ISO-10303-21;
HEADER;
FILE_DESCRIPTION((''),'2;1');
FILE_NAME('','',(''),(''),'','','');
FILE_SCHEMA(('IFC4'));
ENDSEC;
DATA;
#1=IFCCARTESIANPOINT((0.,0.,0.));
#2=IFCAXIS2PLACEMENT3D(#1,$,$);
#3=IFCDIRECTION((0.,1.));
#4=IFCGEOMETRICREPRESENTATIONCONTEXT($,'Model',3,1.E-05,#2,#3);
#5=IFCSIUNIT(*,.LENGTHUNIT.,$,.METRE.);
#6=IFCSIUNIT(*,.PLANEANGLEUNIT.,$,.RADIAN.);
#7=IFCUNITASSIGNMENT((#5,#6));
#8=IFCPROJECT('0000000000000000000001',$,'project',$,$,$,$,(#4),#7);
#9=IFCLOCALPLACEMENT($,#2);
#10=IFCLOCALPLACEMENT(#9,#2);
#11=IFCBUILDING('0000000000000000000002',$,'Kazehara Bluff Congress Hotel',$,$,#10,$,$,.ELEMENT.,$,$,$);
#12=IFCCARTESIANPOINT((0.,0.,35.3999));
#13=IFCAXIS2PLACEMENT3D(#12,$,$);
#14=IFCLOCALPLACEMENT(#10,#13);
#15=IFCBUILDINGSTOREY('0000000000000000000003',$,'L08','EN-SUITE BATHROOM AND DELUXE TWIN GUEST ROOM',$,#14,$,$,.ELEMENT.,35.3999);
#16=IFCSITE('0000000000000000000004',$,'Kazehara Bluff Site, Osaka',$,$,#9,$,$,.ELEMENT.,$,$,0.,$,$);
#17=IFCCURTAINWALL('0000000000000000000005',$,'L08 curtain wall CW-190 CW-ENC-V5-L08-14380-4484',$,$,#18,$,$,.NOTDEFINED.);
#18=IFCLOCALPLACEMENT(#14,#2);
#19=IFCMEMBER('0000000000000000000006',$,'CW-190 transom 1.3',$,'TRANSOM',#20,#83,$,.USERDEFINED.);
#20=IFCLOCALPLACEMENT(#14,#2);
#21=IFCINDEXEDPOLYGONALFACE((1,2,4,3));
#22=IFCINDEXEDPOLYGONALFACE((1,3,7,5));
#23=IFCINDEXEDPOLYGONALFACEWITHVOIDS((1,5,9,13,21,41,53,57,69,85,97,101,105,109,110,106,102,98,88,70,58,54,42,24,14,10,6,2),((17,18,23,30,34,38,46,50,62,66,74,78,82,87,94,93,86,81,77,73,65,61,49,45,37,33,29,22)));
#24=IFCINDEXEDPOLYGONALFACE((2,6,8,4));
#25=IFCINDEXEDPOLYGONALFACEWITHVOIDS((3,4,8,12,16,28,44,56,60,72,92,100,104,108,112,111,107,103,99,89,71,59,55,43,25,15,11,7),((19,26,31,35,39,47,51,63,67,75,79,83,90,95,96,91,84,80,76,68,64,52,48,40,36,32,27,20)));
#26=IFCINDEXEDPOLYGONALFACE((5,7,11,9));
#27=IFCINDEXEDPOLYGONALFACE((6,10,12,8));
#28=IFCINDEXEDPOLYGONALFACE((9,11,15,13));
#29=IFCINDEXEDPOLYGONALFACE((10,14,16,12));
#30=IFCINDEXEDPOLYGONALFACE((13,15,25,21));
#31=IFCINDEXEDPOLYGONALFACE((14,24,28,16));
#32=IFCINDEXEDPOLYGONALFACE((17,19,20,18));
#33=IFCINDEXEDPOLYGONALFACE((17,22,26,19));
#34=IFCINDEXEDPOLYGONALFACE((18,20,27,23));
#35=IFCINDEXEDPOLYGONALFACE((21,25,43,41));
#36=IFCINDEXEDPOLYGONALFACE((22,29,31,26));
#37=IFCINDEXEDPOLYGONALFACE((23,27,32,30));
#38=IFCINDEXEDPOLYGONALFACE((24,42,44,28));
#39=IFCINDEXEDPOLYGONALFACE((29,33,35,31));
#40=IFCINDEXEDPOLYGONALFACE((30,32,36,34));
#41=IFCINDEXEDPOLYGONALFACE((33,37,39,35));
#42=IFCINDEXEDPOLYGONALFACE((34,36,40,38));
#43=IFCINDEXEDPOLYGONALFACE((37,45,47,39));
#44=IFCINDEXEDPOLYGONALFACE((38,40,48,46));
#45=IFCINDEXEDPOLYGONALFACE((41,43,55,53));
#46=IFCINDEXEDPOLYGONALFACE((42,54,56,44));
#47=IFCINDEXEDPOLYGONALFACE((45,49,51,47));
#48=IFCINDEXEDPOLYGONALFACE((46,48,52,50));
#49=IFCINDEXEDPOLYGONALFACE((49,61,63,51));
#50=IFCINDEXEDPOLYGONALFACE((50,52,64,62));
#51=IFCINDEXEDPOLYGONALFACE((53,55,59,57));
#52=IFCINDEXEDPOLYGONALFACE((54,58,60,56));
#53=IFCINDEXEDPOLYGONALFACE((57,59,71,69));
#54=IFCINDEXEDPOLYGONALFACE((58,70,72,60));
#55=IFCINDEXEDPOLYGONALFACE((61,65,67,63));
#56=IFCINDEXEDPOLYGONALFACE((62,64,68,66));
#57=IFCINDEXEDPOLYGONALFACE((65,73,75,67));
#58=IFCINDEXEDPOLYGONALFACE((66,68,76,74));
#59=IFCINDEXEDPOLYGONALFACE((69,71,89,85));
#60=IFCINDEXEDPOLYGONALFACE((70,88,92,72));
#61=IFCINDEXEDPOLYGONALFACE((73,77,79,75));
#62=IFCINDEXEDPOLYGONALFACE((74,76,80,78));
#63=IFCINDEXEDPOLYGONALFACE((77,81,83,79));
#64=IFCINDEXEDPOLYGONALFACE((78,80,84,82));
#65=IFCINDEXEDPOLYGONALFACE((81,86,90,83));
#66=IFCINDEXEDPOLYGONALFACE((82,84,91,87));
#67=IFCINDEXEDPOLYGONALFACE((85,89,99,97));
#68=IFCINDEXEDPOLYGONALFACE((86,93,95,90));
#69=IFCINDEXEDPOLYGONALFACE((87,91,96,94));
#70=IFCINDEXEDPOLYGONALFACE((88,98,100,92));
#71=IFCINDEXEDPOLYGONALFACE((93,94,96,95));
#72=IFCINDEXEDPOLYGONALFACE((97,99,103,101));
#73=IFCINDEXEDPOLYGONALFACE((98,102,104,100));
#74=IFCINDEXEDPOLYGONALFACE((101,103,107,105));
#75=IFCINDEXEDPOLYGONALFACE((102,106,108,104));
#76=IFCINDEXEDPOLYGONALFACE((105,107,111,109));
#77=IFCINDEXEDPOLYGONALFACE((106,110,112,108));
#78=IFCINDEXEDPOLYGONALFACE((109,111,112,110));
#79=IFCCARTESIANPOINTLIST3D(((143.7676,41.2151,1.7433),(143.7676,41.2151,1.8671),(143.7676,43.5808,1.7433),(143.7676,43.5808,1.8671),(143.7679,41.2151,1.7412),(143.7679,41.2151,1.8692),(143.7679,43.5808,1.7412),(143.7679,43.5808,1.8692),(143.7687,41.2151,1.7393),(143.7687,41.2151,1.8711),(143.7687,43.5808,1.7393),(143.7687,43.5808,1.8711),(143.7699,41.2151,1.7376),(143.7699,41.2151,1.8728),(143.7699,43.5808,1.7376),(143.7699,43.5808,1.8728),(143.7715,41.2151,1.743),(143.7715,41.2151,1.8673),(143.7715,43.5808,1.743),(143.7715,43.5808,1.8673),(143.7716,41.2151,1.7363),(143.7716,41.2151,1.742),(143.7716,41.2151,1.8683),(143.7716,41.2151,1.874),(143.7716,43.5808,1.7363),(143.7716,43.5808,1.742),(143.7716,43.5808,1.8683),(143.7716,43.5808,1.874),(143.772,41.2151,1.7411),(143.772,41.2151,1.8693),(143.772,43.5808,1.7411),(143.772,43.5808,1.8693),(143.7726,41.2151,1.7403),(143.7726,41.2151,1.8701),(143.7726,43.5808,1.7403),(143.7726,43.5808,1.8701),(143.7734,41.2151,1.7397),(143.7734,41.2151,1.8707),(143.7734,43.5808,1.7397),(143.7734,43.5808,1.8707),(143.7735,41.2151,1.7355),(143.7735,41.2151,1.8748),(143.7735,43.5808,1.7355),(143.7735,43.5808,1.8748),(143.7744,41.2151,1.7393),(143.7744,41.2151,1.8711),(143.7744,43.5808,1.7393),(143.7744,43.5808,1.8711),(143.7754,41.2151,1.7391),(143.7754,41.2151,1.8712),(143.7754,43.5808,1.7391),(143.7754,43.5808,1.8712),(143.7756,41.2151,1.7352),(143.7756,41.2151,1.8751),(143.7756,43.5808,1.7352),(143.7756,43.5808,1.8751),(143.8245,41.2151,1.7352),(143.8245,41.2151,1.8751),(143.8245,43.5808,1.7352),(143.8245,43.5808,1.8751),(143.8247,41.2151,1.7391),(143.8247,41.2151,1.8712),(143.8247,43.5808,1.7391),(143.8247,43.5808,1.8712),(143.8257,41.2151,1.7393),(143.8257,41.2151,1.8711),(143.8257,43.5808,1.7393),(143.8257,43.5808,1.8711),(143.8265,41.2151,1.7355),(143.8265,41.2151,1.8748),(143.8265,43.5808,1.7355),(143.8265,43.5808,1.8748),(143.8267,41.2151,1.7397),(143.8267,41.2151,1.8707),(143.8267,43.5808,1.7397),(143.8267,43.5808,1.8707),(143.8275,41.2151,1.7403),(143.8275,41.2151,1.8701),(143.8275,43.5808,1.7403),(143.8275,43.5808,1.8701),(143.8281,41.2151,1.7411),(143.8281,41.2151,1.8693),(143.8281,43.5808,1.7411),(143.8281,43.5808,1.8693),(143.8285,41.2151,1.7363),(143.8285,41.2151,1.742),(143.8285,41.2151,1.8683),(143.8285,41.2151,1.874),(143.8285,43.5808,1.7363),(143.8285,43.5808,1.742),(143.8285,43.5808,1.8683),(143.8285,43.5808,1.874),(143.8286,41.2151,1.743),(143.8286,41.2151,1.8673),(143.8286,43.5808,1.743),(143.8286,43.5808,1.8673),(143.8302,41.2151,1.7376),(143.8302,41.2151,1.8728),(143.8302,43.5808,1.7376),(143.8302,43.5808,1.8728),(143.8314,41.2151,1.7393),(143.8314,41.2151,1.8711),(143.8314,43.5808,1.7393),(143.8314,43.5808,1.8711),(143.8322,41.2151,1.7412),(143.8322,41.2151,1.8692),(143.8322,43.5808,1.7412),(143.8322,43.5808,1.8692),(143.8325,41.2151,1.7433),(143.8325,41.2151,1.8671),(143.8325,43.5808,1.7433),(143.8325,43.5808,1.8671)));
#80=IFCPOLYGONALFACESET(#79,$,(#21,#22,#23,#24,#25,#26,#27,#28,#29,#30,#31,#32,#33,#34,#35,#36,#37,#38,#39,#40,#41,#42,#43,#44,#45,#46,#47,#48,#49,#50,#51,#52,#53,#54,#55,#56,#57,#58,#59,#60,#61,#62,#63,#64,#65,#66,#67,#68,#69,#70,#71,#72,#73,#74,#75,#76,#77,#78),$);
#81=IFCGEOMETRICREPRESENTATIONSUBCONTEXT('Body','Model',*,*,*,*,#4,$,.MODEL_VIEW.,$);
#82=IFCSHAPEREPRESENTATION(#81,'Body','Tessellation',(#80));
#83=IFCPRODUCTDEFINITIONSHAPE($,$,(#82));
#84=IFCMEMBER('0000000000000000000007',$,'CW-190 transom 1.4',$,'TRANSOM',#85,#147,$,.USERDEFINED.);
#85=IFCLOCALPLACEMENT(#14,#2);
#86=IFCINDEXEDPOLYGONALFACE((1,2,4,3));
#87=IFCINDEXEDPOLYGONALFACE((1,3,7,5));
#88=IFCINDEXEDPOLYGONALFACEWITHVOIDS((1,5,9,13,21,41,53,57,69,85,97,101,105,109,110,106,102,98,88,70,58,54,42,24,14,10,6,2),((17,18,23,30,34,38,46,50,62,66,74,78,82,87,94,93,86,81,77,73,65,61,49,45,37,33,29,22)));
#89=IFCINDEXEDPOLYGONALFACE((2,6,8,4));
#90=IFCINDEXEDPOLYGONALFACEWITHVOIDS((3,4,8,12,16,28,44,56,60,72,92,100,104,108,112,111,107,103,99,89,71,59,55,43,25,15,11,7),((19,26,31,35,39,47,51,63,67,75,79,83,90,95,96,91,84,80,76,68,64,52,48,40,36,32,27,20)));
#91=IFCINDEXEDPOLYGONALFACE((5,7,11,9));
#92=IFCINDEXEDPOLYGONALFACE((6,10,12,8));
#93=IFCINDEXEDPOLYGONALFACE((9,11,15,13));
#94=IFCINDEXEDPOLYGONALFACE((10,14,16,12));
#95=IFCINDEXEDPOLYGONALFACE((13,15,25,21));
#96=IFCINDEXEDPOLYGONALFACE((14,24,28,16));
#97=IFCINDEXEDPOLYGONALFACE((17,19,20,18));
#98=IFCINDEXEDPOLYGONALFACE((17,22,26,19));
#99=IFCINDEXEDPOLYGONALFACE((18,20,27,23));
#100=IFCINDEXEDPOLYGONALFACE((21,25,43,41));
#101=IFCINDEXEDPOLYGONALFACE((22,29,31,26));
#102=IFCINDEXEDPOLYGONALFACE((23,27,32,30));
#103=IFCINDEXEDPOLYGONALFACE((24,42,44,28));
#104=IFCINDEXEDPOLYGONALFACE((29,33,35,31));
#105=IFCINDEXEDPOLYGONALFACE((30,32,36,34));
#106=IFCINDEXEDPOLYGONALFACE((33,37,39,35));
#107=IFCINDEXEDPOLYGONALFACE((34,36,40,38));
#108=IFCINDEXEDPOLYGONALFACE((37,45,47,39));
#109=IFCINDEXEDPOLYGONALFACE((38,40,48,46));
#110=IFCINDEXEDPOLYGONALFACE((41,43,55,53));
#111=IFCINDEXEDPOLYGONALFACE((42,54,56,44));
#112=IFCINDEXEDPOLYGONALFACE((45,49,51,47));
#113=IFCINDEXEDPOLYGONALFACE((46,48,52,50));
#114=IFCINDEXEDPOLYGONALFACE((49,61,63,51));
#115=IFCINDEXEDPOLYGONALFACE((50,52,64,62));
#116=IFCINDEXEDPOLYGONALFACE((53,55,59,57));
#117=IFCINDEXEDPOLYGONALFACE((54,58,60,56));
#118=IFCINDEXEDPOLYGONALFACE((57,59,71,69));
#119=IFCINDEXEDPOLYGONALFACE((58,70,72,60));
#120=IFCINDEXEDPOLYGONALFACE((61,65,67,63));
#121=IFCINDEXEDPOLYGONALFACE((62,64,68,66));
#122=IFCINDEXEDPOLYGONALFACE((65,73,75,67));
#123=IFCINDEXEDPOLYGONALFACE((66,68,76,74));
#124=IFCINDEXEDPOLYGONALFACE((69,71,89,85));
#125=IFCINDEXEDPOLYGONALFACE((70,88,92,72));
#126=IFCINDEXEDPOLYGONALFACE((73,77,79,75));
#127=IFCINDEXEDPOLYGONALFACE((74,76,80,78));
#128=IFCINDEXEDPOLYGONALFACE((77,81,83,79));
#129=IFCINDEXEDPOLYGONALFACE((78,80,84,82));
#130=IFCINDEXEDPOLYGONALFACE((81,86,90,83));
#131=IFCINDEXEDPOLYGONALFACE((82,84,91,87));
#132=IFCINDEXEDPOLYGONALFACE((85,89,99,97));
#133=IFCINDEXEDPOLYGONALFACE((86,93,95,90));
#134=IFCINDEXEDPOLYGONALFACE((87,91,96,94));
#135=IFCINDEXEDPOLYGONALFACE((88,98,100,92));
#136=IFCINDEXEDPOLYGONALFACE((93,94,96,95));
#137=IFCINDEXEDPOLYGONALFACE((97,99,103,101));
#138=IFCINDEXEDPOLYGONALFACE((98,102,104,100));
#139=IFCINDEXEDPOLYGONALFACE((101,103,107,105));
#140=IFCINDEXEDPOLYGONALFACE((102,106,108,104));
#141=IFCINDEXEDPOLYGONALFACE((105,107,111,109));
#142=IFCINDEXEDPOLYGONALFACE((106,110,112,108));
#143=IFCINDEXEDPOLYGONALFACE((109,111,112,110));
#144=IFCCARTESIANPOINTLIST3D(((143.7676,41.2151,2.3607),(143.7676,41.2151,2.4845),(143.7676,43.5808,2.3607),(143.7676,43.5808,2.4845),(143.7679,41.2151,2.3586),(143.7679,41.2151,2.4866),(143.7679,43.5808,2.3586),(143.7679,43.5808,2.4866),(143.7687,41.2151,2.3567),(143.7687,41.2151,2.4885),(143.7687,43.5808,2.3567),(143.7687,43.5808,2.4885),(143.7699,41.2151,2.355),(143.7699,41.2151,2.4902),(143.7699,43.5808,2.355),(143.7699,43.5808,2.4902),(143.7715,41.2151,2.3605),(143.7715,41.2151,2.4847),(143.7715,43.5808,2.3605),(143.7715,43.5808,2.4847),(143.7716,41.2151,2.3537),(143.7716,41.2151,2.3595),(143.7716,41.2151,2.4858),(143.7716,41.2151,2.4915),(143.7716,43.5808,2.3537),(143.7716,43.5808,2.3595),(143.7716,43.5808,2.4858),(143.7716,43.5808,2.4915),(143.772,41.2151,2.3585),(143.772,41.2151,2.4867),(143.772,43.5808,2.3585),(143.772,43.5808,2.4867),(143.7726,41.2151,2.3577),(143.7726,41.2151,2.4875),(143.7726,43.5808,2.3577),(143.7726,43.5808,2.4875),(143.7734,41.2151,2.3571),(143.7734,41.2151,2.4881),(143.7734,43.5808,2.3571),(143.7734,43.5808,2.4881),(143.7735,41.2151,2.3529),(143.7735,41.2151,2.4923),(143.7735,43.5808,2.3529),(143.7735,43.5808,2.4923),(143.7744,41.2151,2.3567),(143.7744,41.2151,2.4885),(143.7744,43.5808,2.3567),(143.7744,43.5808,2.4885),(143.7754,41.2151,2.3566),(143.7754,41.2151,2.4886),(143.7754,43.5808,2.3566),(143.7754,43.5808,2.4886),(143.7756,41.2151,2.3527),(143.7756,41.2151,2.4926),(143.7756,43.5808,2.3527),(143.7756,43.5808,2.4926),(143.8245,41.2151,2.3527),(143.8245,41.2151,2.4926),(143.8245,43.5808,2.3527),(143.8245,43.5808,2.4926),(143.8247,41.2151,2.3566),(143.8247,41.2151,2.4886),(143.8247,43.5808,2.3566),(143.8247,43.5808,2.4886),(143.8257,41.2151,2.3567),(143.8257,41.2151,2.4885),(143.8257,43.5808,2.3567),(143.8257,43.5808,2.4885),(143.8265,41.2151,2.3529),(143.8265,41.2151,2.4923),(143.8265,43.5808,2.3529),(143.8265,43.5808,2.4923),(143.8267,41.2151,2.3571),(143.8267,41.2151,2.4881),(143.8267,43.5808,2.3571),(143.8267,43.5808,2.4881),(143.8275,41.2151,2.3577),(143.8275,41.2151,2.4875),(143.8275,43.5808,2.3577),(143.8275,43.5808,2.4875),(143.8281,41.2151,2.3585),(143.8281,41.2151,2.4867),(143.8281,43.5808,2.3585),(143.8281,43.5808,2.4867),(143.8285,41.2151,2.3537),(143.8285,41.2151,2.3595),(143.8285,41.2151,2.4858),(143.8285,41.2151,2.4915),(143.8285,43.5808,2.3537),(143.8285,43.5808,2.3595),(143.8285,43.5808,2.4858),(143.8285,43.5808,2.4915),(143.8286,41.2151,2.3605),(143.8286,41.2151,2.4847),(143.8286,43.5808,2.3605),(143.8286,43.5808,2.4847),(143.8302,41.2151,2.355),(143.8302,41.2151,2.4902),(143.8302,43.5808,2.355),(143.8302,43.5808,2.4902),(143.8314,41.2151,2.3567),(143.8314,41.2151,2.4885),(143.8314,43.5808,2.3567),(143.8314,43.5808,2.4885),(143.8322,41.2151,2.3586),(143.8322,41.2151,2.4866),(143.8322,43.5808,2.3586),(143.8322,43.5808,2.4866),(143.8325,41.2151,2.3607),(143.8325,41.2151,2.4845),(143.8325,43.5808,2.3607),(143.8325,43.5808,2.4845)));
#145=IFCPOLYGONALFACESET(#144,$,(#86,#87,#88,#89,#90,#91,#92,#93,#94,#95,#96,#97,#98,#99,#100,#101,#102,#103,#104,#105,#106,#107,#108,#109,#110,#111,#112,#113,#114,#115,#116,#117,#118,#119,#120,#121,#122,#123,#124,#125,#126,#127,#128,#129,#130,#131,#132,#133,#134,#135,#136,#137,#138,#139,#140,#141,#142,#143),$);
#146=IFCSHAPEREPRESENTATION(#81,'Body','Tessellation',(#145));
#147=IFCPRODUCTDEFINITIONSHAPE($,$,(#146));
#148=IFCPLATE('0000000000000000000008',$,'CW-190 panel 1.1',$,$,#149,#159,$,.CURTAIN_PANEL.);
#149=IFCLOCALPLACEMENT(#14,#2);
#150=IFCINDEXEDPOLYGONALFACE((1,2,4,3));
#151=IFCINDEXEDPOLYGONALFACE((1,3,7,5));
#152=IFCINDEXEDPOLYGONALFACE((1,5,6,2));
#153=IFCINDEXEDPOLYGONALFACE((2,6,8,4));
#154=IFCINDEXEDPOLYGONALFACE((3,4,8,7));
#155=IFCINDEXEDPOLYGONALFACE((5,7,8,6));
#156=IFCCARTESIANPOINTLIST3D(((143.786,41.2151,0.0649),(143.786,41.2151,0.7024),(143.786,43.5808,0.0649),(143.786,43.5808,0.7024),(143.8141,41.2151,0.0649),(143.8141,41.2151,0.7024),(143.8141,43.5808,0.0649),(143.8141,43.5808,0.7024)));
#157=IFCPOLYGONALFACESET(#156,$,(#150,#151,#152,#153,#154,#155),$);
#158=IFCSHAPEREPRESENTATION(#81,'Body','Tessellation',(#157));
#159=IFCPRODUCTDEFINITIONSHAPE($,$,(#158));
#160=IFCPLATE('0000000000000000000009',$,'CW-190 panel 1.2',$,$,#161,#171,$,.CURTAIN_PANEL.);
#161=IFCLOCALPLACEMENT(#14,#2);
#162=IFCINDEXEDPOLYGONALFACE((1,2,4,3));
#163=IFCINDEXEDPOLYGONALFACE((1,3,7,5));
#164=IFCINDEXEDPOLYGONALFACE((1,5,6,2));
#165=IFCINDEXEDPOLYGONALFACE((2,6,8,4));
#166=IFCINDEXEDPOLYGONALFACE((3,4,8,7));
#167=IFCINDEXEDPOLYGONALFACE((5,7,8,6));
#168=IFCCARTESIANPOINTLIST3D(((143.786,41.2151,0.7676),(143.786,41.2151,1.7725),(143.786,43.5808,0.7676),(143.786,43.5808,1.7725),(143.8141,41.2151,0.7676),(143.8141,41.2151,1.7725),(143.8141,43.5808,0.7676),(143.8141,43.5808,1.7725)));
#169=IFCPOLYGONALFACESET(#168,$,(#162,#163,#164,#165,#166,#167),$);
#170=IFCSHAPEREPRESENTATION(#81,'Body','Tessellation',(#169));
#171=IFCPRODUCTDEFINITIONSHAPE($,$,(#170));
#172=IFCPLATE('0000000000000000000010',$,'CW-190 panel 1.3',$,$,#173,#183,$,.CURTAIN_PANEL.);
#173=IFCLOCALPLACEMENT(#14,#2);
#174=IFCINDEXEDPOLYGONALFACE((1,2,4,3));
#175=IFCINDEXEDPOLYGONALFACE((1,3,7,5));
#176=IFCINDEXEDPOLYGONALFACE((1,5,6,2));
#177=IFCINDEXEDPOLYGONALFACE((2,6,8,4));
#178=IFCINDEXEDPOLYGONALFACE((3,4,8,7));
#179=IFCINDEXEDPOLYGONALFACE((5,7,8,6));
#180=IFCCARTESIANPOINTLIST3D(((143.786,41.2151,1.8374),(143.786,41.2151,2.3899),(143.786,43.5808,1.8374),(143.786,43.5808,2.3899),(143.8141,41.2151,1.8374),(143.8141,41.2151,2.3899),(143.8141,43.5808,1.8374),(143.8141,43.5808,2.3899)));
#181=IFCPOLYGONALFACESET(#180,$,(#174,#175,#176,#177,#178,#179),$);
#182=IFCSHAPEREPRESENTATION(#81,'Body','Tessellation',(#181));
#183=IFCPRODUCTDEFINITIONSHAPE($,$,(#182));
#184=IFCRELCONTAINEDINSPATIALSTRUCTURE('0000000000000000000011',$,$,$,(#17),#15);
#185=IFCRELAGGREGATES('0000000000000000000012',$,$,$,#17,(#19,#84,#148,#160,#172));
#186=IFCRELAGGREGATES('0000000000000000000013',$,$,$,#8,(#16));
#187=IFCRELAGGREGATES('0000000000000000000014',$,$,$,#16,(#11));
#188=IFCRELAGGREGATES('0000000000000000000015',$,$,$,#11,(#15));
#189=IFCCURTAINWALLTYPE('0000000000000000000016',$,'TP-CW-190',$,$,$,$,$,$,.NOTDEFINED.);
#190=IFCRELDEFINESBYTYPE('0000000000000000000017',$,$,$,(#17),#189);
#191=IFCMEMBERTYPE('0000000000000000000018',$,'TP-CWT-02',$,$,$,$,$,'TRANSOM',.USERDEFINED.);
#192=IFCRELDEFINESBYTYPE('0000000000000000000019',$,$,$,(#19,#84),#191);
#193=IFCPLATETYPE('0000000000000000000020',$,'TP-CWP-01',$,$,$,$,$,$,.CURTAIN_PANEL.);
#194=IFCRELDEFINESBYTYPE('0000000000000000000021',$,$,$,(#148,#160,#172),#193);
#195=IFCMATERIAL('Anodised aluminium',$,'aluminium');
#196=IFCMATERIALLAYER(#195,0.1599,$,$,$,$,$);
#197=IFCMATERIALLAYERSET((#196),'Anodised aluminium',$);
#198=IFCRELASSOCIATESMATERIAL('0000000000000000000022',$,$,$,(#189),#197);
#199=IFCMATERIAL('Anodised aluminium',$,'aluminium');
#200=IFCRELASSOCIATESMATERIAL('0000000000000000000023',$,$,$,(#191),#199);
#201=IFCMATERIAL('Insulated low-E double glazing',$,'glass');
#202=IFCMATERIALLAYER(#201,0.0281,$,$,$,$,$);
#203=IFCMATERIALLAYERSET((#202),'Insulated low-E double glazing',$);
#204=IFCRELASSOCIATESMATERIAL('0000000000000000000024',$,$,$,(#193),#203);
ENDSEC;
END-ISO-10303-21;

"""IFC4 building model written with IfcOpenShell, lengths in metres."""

from ifc_helpers import new_model, si_unit, direction, frame, origin, origin_2d, place, context, subcontext, project, spatial, rectangle, hollow_rectangle, extrude, material, layer, layer_set, material_profile, profile_set, type_object, element, aggregate, save


model = new_model("IFC4")

# Units and contexts
model_context = context("Model", 3, precision=1e-05, world=origin(), true_north=direction((0.0, 1.0)))
body_context = subcontext(model_context, "Body", "Model", "MODEL_VIEW")
ifc_project = project(units=[si_unit("LENGTHUNIT", "METRE"), si_unit("PLANEANGLEUNIT", "RADIAN")], contexts=[model_context])

# Site, building, storey
site_placement = place(None, origin())
site = spatial("IfcSite", under=ifc_project, at=site_placement, Name="Kazehara Bluff Site, Osaka", CompositionType="ELEMENT", RefElevation=0.0)
building_placement = place(site_placement, origin())
building = spatial("IfcBuilding", under=site, at=building_placement, Name="Kazehara Bluff Congress Hotel", CompositionType="ELEMENT")
storey_placement = place(building_placement, frame((0.0, 0.0, 35.3999)))
storey = spatial("IfcBuildingStorey", under=building, at=storey_placement, Name="L08", Description="EN-SUITE BATHROOM AND DELUXE TWIN GUEST ROOM", CompositionType="ELEMENT", Elevation=35.3999)

# Curtain wall, members, plates
ifc_material_1 = material(Name="Anodised aluminium", Category="aluminium")
ifc_layer_1 = layer(ifc_material_1, 0.1599)
ifc_layer_set_1 = layer_set([ifc_layer_1], Name="Anodised aluminium")
curtain_wall_type = type_object("IfcCurtainWallType", Name="TP-CW-190", PredefinedType="NOTDEFINED", material=ifc_layer_set_1)
curtain_wall_placement = place(storey_placement, origin())
curtain_wall = element("IfcCurtainWall", 1, at=curtain_wall_placement, inside=storey, type_object=curtain_wall_type, Name="L08 curtain wall CW-190 CW-ENC-V5-L08-14380-4484", PredefinedType="NOTDEFINED")
ifc_material_2 = material(Name="Anodised aluminium", Category="aluminium")
ifc_material_profile_1 = material_profile(ifc_material_2, hollow_rectangle(XDim=0.0649, YDim=0.1399, WallThickness=0.0039, InnerFilletRadius=0.0039, OuterFilletRadius=0.0081, at=origin_2d()))
ifc_profile_set_1 = profile_set([ifc_material_profile_1], Name="Anodised aluminium")
member_type_1 = type_object("IfcMemberType", Name="TP-CWT-02", ElementType="TRANSOM", PredefinedType="USERDEFINED", material=ifc_profile_set_1)
member_1_placement = place(storey_placement, frame((143.8, 41.2151, 1.8052), z_axis=(0.0, 1.0, 0.0), x_axis=(-1.0, 0.0, 0.0)))
member_1 = element("IfcMember", 2, at=member_1_placement, type_object=member_type_1, Name="CW-190 transom 1.3", ObjectType="TRANSOM", PredefinedType="USERDEFINED", context=body_context, shape_type="SweptSolid", body=[
    extrude(hollow_rectangle(XDim=0.0649, YDim=0.1399, WallThickness=0.0039, InnerFilletRadius=0.0039, OuterFilletRadius=0.0081, at=origin_2d()), origin(), (0.0, 0.0, 1.0), 2.3657),
])
member_2_placement = place(storey_placement, frame((143.8, 41.2151, 2.4226), z_axis=(0.0, 1.0, 0.0), x_axis=(-1.0, 0.0, 0.0)))
member_2 = element("IfcMember", 3, at=member_2_placement, type_object=member_type_1, Name="CW-190 transom 1.4", ObjectType="TRANSOM", PredefinedType="USERDEFINED", context=body_context, shape_type="SweptSolid", body=[
    extrude(hollow_rectangle(XDim=0.0649, YDim=0.1399, WallThickness=0.0039, InnerFilletRadius=0.0039, OuterFilletRadius=0.0081, at=origin_2d()), origin(), (0.0, 0.0, 1.0), 2.3657),
])
ifc_material_3 = material(Name="Insulated low-E double glazing", Category="glass")
ifc_layer_2 = layer(ifc_material_3, 0.0281)
ifc_layer_set_2 = layer_set([ifc_layer_2], Name="Insulated low-E double glazing")
plate_type = type_object("IfcPlateType", Name="TP-CWP-01", PredefinedType="CURTAIN_PANEL", material=ifc_layer_set_2)
plate_1_placement = place(storey_placement, frame((143.8, 42.3979, 0.0649), z_axis=(0.0, 0.0, 1.0), x_axis=(0.0, 1.0, 0.0)))
plate_1 = element("IfcPlate", 4, at=plate_1_placement, type_object=plate_type, Name="CW-190 panel 1.1", PredefinedType="CURTAIN_PANEL", context=body_context, shape_type="SweptSolid", body=[
    extrude(rectangle(XDim=2.3657, YDim=0.0281, at=origin_2d()), origin(), (0.0, 0.0, 1.0), 0.6375),
])
plate_2_placement = place(storey_placement, frame((143.8, 42.3979, 0.7676), z_axis=(0.0, 0.0, 1.0), x_axis=(0.0, 1.0, 0.0)))
plate_2 = element("IfcPlate", 5, at=plate_2_placement, type_object=plate_type, Name="CW-190 panel 1.2", PredefinedType="CURTAIN_PANEL", context=body_context, shape_type="SweptSolid", body=[
    extrude(rectangle(XDim=2.3657, YDim=0.0281, at=origin_2d()), origin(), (0.0, 0.0, 1.0), 1.0049),
])
plate_3_placement = place(storey_placement, frame((143.8, 42.3979, 1.8374), z_axis=(0.0, 0.0, 1.0), x_axis=(0.0, 1.0, 0.0)))
plate_3 = element("IfcPlate", 6, at=plate_3_placement, type_object=plate_type, Name="CW-190 panel 1.3", PredefinedType="CURTAIN_PANEL", context=body_context, shape_type="SweptSolid", body=[
    extrude(rectangle(XDim=2.3657, YDim=0.0281, at=origin_2d()), origin(), (0.0, 0.0, 1.0), 0.5525),
])
aggregate(curtain_wall, [member_1, member_2, plate_1, plate_2, plate_3])

save(model, "model.ifc")
